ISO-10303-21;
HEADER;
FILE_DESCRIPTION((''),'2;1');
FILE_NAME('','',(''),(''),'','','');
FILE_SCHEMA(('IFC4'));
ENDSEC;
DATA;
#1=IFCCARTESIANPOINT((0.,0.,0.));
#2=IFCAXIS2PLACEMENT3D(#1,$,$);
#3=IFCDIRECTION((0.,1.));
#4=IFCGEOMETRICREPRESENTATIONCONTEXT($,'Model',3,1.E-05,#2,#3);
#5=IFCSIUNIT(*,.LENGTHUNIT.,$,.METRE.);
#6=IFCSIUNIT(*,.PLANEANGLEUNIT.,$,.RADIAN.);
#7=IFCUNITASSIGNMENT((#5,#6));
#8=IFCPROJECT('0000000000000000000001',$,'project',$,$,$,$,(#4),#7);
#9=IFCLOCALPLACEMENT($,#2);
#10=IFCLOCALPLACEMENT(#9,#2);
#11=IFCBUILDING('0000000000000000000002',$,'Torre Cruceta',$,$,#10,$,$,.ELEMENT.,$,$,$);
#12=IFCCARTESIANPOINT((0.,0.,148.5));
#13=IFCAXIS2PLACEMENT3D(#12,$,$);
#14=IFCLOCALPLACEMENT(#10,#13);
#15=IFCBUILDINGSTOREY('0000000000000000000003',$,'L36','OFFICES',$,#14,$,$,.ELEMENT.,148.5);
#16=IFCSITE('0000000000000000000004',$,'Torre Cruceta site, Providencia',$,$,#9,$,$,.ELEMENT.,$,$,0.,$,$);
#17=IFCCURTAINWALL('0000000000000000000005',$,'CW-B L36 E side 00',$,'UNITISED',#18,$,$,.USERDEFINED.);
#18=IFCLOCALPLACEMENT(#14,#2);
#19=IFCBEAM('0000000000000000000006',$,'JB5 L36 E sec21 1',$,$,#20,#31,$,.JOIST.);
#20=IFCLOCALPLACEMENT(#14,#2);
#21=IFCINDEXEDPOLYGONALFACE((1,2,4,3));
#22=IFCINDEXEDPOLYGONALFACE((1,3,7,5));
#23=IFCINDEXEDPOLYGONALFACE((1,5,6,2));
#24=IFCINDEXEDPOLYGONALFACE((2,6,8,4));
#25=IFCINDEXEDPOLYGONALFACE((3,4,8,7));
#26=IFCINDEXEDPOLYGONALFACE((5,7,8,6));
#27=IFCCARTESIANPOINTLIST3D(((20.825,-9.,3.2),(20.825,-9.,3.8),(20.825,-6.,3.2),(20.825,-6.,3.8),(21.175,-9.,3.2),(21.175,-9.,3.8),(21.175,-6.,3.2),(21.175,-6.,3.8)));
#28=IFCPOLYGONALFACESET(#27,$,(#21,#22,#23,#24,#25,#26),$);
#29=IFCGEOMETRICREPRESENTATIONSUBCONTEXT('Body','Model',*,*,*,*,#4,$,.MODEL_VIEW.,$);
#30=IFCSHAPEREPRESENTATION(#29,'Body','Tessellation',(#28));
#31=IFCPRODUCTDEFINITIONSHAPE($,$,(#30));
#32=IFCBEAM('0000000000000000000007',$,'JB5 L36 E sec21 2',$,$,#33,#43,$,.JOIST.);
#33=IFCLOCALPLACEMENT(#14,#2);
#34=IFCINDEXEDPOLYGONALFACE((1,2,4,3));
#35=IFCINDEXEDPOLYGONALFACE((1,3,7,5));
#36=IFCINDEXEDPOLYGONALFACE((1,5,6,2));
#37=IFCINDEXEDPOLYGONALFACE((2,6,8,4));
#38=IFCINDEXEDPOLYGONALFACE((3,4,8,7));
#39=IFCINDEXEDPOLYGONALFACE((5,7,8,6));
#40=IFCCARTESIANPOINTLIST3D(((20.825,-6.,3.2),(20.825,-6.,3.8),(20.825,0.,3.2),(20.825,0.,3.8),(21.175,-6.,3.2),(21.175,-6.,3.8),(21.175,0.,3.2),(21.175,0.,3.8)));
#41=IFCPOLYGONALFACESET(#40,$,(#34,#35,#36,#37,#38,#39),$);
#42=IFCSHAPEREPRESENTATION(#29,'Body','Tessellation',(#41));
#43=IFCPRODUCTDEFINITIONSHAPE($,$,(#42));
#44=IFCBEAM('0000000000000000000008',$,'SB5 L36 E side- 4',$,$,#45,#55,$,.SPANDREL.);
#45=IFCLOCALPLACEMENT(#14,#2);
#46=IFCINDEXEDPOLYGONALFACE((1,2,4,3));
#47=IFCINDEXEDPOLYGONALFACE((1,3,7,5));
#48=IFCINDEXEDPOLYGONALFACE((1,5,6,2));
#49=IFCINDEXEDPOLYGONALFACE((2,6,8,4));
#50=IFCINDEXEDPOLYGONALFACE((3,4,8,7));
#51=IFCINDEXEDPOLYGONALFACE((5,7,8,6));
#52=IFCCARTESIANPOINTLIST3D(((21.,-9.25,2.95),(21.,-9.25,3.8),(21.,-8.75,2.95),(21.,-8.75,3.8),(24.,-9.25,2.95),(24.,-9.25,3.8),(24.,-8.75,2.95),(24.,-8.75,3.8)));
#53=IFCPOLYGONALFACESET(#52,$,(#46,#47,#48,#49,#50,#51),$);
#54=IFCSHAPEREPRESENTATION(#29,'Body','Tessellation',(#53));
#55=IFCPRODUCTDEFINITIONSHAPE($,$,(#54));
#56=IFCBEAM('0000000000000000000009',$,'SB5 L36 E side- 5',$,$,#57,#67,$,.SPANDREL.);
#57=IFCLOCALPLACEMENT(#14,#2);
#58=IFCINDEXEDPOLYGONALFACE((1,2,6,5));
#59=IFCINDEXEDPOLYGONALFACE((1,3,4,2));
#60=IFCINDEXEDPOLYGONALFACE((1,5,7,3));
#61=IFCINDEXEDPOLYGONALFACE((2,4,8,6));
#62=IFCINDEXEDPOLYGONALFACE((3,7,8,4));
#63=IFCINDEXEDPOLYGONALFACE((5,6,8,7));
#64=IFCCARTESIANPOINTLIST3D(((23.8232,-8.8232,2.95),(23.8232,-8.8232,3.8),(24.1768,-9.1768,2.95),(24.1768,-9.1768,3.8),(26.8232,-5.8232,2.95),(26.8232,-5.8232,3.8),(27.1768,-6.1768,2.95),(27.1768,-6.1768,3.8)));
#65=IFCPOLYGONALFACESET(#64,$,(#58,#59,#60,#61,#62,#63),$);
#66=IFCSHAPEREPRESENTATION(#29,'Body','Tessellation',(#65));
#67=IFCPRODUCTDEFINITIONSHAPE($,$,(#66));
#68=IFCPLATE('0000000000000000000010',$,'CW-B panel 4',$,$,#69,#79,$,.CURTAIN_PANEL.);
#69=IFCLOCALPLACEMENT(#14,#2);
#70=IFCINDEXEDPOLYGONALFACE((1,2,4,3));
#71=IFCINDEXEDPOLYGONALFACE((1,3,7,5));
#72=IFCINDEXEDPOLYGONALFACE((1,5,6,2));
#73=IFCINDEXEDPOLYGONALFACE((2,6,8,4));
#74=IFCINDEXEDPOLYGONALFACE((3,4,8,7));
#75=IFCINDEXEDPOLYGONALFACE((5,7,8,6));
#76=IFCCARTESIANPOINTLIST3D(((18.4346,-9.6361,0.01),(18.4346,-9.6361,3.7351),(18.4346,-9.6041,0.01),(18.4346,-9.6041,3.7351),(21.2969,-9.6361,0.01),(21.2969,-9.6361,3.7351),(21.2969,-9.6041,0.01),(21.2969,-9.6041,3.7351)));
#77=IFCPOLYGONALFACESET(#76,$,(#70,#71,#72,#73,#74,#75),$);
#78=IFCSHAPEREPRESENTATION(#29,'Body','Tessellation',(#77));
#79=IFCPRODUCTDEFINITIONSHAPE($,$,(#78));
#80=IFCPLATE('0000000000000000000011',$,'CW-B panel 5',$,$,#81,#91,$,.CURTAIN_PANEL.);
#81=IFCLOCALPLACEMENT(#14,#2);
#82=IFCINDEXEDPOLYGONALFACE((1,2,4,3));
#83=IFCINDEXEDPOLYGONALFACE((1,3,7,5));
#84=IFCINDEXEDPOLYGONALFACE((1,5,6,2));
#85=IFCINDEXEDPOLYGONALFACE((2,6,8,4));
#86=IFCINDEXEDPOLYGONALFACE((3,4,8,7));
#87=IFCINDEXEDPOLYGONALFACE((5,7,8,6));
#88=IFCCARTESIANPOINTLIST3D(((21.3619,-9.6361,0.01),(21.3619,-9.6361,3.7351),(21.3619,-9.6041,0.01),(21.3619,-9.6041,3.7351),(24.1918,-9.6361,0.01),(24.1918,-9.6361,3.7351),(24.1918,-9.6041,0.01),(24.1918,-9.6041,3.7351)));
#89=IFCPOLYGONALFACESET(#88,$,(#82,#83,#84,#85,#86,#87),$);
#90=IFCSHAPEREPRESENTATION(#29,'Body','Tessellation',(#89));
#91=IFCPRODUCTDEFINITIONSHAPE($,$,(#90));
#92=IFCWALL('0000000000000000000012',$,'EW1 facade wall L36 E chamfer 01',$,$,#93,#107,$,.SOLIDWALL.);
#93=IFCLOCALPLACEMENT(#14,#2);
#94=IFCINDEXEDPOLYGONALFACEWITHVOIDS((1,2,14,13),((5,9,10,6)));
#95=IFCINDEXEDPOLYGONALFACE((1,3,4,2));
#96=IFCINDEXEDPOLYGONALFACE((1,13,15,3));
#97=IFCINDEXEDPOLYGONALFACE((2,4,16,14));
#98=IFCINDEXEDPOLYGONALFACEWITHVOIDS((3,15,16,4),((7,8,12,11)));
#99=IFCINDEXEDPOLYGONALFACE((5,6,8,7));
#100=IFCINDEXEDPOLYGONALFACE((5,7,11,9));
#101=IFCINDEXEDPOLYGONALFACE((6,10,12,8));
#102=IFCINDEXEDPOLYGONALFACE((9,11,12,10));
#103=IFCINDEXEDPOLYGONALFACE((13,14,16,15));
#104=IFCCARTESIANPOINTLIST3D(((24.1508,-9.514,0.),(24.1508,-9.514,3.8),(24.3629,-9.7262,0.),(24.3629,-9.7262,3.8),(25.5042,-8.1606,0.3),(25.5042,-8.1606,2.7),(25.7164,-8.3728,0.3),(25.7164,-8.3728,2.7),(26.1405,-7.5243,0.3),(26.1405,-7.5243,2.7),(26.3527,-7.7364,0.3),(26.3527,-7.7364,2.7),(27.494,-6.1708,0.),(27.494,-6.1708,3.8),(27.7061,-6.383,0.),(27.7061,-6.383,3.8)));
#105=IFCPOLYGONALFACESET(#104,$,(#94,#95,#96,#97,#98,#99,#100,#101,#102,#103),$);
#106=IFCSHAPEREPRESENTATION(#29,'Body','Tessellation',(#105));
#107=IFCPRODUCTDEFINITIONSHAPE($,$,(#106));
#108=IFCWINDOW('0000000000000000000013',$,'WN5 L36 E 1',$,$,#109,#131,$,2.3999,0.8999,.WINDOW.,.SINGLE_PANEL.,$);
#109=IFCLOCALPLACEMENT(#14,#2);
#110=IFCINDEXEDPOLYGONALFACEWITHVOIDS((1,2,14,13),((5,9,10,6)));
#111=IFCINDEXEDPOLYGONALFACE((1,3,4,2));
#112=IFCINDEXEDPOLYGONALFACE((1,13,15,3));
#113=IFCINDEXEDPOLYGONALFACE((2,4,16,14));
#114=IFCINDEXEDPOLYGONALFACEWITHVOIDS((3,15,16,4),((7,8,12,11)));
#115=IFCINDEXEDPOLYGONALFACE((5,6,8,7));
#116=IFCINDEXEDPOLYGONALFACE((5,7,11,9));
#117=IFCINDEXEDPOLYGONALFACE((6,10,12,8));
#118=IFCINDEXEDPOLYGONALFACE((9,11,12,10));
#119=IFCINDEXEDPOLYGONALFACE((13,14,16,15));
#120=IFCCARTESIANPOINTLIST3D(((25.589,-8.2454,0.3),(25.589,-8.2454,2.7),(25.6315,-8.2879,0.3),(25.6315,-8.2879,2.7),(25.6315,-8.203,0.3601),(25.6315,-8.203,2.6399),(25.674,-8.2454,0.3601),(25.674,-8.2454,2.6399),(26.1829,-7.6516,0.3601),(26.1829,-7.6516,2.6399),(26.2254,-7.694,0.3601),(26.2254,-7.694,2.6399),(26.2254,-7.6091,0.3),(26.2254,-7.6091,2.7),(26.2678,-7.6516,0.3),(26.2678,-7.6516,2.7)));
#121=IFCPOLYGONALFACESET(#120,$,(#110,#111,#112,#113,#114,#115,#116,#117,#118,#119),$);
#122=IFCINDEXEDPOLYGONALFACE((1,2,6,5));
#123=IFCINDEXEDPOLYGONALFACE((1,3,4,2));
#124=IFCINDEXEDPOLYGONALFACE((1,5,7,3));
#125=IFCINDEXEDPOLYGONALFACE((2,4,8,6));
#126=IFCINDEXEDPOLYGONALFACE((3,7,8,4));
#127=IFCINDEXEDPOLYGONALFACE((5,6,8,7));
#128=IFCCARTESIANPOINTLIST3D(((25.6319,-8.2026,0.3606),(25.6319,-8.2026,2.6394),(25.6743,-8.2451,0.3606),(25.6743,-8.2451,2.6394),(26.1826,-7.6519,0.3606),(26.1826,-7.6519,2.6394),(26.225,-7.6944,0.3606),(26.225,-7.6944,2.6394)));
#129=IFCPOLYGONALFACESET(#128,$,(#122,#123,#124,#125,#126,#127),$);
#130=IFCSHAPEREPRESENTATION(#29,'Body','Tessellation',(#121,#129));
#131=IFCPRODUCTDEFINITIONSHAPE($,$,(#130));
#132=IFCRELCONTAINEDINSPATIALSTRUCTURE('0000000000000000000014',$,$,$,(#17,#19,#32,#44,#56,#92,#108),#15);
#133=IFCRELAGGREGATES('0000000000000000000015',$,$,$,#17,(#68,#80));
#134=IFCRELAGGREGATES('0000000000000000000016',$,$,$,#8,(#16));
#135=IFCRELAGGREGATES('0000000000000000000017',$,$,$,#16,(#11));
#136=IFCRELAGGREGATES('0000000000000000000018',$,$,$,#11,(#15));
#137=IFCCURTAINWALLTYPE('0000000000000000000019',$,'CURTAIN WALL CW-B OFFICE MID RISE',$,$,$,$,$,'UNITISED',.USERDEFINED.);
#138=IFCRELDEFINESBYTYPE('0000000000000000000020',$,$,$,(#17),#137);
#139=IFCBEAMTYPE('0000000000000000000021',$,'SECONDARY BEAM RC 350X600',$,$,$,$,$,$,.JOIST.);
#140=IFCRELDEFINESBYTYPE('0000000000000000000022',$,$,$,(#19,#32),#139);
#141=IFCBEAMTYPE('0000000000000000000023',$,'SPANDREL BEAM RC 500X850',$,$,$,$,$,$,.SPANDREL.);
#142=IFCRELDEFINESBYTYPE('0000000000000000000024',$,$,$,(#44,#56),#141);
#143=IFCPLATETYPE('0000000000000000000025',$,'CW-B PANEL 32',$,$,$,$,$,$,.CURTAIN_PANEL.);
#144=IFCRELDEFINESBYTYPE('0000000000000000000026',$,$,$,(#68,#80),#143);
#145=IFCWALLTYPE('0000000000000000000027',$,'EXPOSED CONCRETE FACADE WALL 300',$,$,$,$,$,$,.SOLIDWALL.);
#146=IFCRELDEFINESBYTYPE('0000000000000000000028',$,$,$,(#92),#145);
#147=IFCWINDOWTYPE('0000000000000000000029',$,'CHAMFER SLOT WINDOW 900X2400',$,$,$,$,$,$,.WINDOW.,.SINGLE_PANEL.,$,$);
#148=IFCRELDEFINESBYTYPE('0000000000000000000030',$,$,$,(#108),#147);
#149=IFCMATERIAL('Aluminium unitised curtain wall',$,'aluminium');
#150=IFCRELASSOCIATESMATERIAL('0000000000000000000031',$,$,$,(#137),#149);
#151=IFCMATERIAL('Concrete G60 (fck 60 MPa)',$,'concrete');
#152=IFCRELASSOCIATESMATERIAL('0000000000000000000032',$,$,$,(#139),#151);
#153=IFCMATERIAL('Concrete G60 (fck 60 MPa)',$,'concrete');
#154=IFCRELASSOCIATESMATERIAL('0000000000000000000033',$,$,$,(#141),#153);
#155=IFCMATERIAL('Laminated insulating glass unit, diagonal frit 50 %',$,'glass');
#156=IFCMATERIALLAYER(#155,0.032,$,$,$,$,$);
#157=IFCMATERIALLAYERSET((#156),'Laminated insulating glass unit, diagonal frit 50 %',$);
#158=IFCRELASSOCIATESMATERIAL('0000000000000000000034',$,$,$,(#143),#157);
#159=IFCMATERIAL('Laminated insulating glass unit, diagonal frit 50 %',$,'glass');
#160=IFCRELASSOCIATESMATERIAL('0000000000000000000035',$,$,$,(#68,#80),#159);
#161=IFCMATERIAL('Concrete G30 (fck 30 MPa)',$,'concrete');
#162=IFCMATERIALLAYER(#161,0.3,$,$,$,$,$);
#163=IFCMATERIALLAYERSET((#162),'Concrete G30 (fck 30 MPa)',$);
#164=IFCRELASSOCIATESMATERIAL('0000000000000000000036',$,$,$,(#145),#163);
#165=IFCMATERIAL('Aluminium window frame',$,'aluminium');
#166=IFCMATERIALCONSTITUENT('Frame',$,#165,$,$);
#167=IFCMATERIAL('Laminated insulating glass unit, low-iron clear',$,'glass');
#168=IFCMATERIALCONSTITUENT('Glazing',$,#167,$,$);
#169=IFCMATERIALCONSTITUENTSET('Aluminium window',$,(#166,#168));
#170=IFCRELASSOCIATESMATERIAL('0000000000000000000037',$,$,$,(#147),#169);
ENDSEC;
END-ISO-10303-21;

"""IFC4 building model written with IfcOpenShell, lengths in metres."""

from ifc_helpers import new_model, si_unit, direction, frame, frame_2d, origin, origin_2d, place, context, subcontext, project, spatial, rectangle, hollow_rectangle, extrude, material, layer, layer_set, constituent, constituent_set, material_profile, profile_set, type_object, element, fill, aggregate, save


model = new_model("IFC4")

# Units and contexts
model_context = context("Model", 3, precision=1e-05, world=origin(), true_north=direction((0.0, 1.0)))
body_context = subcontext(model_context, "Body", "Model", "MODEL_VIEW")
ifc_project = project(units=[si_unit("LENGTHUNIT", "METRE"), si_unit("PLANEANGLEUNIT", "RADIAN")], contexts=[model_context])

# Site, building, storey
site_placement = place(None, origin())
site = spatial("IfcSite", under=ifc_project, at=site_placement, Name="Torre Cruceta site, Providencia", CompositionType="ELEMENT", RefElevation=0.0)
building_placement = place(site_placement, origin())
building = spatial("IfcBuilding", under=site, at=building_placement, Name="Torre Cruceta", CompositionType="ELEMENT")
storey_placement = place(building_placement, frame((0.0, 0.0, 148.5)))
storey = spatial("IfcBuildingStorey", under=building, at=storey_placement, Name="L36", Description="OFFICES", CompositionType="ELEMENT", Elevation=148.5)

# Curtain wall
ifc_material_1 = material(Name="Aluminium unitised curtain wall", Category="aluminium")
curtain_wall_type = type_object("IfcCurtainWallType", Name="CURTAIN WALL CW-B OFFICE MID RISE", ElementType="UNITISED", PredefinedType="USERDEFINED", material=ifc_material_1)
curtain_wall_placement = place(storey_placement, origin())
curtain_wall = element("IfcCurtainWall", 1, at=curtain_wall_placement, inside=storey, type_object=curtain_wall_type, Name="CW-B L36 E side 00", ObjectType="UNITISED", PredefinedType="USERDEFINED")

# Beams
ifc_material_2 = material(Name="Concrete G60 (fck 60 MPa)", Category="concrete")
ifc_material_profile_1 = material_profile(ifc_material_2, rectangle(XDim=0.3501, YDim=0.6001, at=origin_2d()), Name="RC 350X600")
ifc_profile_set_1 = profile_set([ifc_material_profile_1], Name="Concrete G60 (fck 60 MPa)")
beam_type_1 = type_object("IfcBeamType", Name="SECONDARY BEAM RC 350X600", PredefinedType="JOIST", material=ifc_profile_set_1)
beam_1_placement = place(storey_placement, frame((21.0, -9.0, 3.5), z_axis=(0.0, 1.0, 0.0), x_axis=(-1.0, 0.0, 0.0)))
element("IfcBeam", 2, at=beam_1_placement, inside=storey, type_object=beam_type_1, Name="JB5 L36 E sec21 1", PredefinedType="JOIST", context=body_context, shape_type="SweptSolid", body=[
    extrude(rectangle(XDim=0.3501, YDim=0.6001, at=origin_2d()), origin(), (0.0, 0.0, 1.0), 3.0),
])
beam_2_placement = place(storey_placement, frame((21.0, -6.0, 3.5), z_axis=(0.0, 1.0, 0.0), x_axis=(-1.0, 0.0, 0.0)))
element("IfcBeam", 3, at=beam_2_placement, inside=storey, type_object=beam_type_1, Name="JB5 L36 E sec21 2", PredefinedType="JOIST", context=body_context, shape_type="SweptSolid", body=[
    extrude(rectangle(XDim=0.3501, YDim=0.6001, at=origin_2d()), origin(), (0.0, 0.0, 1.0), 6.0),
])
ifc_material_3 = material(Name="Concrete G60 (fck 60 MPa)", Category="concrete")
ifc_material_profile_2 = material_profile(ifc_material_3, rectangle(XDim=0.5, YDim=0.8501, at=origin_2d()), Name="RC 500X850")
ifc_profile_set_2 = profile_set([ifc_material_profile_2], Name="Concrete G60 (fck 60 MPa)")
beam_type_2 = type_object("IfcBeamType", Name="SPANDREL BEAM RC 500X850", PredefinedType="SPANDREL", material=ifc_profile_set_2)
beam_3_placement = place(storey_placement, frame((21.0, -9.0, 3.375), z_axis=(1.0, 0.0, 0.0), x_axis=(0.0, 1.0, 0.0)))
element("IfcBeam", 4, at=beam_3_placement, inside=storey, type_object=beam_type_2, Name="SB5 L36 E side- 4", PredefinedType="SPANDREL", context=body_context, shape_type="SweptSolid", body=[
    extrude(rectangle(XDim=0.5, YDim=0.8501, at=origin_2d()), origin(), (0.0, 0.0, 1.0), 3.0),
])
beam_4_placement = place(storey_placement, frame((24.0, -9.0, 3.375), z_axis=(0.707107, 0.707107, 0.0), x_axis=(-0.707107, 0.707107, 0.0)))
element("IfcBeam", 5, at=beam_4_placement, inside=storey, type_object=beam_type_2, Name="SB5 L36 E side- 5", PredefinedType="SPANDREL", context=body_context, shape_type="SweptSolid", body=[
    extrude(rectangle(XDim=0.5, YDim=0.8501, at=origin_2d()), origin(), (0.0, 0.0, 1.0), 4.2427),
])

# Plates
ifc_material_4 = material(Name="Laminated insulating glass unit, diagonal frit 50 %", Category="glass")
ifc_material_5 = material(Name="Laminated insulating glass unit, diagonal frit 50 %", Category="glass")
ifc_layer_1 = layer(ifc_material_5, 0.032)
ifc_layer_set_1 = layer_set([ifc_layer_1], Name="Laminated insulating glass unit, diagonal frit 50 %")
plate_type = type_object("IfcPlateType", Name="CW-B PANEL 32", PredefinedType="CURTAIN_PANEL", material=ifc_layer_set_1)
plate_1_placement = place(storey_placement, frame((19.8657, -9.6201, 0.01), z_axis=(0.0, 0.0, 1.0), x_axis=(1.0, 0.0, 0.0)))
plate_1 = element("IfcPlate", 6, at=plate_1_placement, type_object=plate_type, material=ifc_material_4, Name="CW-B panel 4", PredefinedType="CURTAIN_PANEL", context=body_context, shape_type="SweptSolid", body=[
    extrude(rectangle(XDim=2.8623, YDim=0.032, at=origin_2d()), origin(), (0.0, 0.0, 1.0), 3.7251),
])
plate_2_placement = place(storey_placement, frame((22.7769, -9.6201, 0.01), z_axis=(0.0, 0.0, 1.0), x_axis=(1.0, 0.0, 0.0)))
plate_2 = element("IfcPlate", 7, at=plate_2_placement, type_object=plate_type, material=ifc_material_4, Name="CW-B panel 5", PredefinedType="CURTAIN_PANEL", context=body_context, shape_type="SweptSolid", body=[
    extrude(rectangle(XDim=2.8298, YDim=0.032, at=origin_2d()), origin(), (0.0, 0.0, 1.0), 3.7251),
])
aggregate(curtain_wall, [plate_1, plate_2])

# Wall, opening, window
ifc_material_6 = material(Name="Concrete G30 (fck 30 MPa)", Category="concrete")
ifc_layer_2 = layer(ifc_material_6, 0.3)
ifc_layer_set_2 = layer_set([ifc_layer_2], Name="Concrete G30 (fck 30 MPa)")
wall_type_1 = type_object("IfcWallType", Name="EXPOSED CONCRETE FACADE WALL 300", PredefinedType="SOLIDWALL", material=ifc_layer_set_2)
wall_1_placement = place(storey_placement, frame((24.2568, -9.6201, 0.0), z_axis=(0.0, 0.0, 1.0), x_axis=(0.707107, 0.707107, 0.0)))
wall_1 = element("IfcWall", 8, at=wall_1_placement, inside=storey, type_object=wall_type_1, Name="EW1 facade wall L36 E chamfer 01", PredefinedType="SOLIDWALL", context=body_context, shape_type="SweptSolid", body=[
    extrude(rectangle(XDim=4.728, YDim=0.3, at=frame_2d((2.364, 0.0))), origin(), (0.0, 0.0, 1.0), 3.8),
])
opening_1_placement = place(wall_1_placement, frame((1.9141, 0.0, 0.3)))
opening_1 = element("IfcOpeningElement", 9, at=opening_1_placement, cuts=wall_1, PredefinedType="OPENING", context=body_context, shape_type="SweptSolid", body=[
    extrude(rectangle(XDim=0.8999, YDim=2.3999, at=frame_2d((0.45, 1.2))), frame((0.0, 0.1599, 0.0), z_axis=(0.0, -1.0, 0.0), x_axis=(1.0, 0.0, 0.0)), (0.0, 0.0, 1.0), 0.3201),
])
ifc_material_7 = material(Name="Aluminium window frame", Category="aluminium")
ifc_constituent_1 = constituent(ifc_material_7, Name="Frame")
ifc_material_8 = material(Name="Laminated insulating glass unit, low-iron clear", Category="glass")
ifc_constituent_2 = constituent(ifc_material_8, Name="Glazing")
ifc_constituent_set_1 = constituent_set(constituents=[ifc_constituent_1, ifc_constituent_2], Name="Aluminium window")
window_type_1 = type_object("IfcWindowType", Name="CHAMFER SLOT WINDOW 900X2400", PartitioningType="SINGLE_PANEL", PredefinedType="WINDOW", material=ifc_constituent_set_1)
window_1_placement = place(opening_1_placement, origin())
window_1 = element("IfcWindow", 10, at=window_1_placement, inside=storey, type_object=window_type_1, Name="WN5 L36 E 1", OverallHeight=2.3999, OverallWidth=0.8999, PartitioningType="SINGLE_PANEL", PredefinedType="WINDOW", context=body_context, shape_type="SweptSolid", body=[
    extrude(hollow_rectangle(XDim=0.8999, YDim=2.3999, WallThickness=0.0601, at=frame_2d((0.45, 1.2))), frame((0.0, 0.03, 0.0), z_axis=(0.0, -1.0, 0.0), x_axis=(1.0, 0.0, 0.0)), (0.0, 0.0, 1.0), 0.0601),
    extrude(rectangle(XDim=0.7788, YDim=2.2788, at=frame_2d((0.45, 1.2))), frame((0.0, 0.03, 0.0), z_axis=(0.0, -1.0, 0.0), x_axis=(1.0, 0.0, 0.0)), (0.0, 0.0, 1.0), 0.0601),
])
fill(opening_1, window_1)

save(model, "model.ifc")
